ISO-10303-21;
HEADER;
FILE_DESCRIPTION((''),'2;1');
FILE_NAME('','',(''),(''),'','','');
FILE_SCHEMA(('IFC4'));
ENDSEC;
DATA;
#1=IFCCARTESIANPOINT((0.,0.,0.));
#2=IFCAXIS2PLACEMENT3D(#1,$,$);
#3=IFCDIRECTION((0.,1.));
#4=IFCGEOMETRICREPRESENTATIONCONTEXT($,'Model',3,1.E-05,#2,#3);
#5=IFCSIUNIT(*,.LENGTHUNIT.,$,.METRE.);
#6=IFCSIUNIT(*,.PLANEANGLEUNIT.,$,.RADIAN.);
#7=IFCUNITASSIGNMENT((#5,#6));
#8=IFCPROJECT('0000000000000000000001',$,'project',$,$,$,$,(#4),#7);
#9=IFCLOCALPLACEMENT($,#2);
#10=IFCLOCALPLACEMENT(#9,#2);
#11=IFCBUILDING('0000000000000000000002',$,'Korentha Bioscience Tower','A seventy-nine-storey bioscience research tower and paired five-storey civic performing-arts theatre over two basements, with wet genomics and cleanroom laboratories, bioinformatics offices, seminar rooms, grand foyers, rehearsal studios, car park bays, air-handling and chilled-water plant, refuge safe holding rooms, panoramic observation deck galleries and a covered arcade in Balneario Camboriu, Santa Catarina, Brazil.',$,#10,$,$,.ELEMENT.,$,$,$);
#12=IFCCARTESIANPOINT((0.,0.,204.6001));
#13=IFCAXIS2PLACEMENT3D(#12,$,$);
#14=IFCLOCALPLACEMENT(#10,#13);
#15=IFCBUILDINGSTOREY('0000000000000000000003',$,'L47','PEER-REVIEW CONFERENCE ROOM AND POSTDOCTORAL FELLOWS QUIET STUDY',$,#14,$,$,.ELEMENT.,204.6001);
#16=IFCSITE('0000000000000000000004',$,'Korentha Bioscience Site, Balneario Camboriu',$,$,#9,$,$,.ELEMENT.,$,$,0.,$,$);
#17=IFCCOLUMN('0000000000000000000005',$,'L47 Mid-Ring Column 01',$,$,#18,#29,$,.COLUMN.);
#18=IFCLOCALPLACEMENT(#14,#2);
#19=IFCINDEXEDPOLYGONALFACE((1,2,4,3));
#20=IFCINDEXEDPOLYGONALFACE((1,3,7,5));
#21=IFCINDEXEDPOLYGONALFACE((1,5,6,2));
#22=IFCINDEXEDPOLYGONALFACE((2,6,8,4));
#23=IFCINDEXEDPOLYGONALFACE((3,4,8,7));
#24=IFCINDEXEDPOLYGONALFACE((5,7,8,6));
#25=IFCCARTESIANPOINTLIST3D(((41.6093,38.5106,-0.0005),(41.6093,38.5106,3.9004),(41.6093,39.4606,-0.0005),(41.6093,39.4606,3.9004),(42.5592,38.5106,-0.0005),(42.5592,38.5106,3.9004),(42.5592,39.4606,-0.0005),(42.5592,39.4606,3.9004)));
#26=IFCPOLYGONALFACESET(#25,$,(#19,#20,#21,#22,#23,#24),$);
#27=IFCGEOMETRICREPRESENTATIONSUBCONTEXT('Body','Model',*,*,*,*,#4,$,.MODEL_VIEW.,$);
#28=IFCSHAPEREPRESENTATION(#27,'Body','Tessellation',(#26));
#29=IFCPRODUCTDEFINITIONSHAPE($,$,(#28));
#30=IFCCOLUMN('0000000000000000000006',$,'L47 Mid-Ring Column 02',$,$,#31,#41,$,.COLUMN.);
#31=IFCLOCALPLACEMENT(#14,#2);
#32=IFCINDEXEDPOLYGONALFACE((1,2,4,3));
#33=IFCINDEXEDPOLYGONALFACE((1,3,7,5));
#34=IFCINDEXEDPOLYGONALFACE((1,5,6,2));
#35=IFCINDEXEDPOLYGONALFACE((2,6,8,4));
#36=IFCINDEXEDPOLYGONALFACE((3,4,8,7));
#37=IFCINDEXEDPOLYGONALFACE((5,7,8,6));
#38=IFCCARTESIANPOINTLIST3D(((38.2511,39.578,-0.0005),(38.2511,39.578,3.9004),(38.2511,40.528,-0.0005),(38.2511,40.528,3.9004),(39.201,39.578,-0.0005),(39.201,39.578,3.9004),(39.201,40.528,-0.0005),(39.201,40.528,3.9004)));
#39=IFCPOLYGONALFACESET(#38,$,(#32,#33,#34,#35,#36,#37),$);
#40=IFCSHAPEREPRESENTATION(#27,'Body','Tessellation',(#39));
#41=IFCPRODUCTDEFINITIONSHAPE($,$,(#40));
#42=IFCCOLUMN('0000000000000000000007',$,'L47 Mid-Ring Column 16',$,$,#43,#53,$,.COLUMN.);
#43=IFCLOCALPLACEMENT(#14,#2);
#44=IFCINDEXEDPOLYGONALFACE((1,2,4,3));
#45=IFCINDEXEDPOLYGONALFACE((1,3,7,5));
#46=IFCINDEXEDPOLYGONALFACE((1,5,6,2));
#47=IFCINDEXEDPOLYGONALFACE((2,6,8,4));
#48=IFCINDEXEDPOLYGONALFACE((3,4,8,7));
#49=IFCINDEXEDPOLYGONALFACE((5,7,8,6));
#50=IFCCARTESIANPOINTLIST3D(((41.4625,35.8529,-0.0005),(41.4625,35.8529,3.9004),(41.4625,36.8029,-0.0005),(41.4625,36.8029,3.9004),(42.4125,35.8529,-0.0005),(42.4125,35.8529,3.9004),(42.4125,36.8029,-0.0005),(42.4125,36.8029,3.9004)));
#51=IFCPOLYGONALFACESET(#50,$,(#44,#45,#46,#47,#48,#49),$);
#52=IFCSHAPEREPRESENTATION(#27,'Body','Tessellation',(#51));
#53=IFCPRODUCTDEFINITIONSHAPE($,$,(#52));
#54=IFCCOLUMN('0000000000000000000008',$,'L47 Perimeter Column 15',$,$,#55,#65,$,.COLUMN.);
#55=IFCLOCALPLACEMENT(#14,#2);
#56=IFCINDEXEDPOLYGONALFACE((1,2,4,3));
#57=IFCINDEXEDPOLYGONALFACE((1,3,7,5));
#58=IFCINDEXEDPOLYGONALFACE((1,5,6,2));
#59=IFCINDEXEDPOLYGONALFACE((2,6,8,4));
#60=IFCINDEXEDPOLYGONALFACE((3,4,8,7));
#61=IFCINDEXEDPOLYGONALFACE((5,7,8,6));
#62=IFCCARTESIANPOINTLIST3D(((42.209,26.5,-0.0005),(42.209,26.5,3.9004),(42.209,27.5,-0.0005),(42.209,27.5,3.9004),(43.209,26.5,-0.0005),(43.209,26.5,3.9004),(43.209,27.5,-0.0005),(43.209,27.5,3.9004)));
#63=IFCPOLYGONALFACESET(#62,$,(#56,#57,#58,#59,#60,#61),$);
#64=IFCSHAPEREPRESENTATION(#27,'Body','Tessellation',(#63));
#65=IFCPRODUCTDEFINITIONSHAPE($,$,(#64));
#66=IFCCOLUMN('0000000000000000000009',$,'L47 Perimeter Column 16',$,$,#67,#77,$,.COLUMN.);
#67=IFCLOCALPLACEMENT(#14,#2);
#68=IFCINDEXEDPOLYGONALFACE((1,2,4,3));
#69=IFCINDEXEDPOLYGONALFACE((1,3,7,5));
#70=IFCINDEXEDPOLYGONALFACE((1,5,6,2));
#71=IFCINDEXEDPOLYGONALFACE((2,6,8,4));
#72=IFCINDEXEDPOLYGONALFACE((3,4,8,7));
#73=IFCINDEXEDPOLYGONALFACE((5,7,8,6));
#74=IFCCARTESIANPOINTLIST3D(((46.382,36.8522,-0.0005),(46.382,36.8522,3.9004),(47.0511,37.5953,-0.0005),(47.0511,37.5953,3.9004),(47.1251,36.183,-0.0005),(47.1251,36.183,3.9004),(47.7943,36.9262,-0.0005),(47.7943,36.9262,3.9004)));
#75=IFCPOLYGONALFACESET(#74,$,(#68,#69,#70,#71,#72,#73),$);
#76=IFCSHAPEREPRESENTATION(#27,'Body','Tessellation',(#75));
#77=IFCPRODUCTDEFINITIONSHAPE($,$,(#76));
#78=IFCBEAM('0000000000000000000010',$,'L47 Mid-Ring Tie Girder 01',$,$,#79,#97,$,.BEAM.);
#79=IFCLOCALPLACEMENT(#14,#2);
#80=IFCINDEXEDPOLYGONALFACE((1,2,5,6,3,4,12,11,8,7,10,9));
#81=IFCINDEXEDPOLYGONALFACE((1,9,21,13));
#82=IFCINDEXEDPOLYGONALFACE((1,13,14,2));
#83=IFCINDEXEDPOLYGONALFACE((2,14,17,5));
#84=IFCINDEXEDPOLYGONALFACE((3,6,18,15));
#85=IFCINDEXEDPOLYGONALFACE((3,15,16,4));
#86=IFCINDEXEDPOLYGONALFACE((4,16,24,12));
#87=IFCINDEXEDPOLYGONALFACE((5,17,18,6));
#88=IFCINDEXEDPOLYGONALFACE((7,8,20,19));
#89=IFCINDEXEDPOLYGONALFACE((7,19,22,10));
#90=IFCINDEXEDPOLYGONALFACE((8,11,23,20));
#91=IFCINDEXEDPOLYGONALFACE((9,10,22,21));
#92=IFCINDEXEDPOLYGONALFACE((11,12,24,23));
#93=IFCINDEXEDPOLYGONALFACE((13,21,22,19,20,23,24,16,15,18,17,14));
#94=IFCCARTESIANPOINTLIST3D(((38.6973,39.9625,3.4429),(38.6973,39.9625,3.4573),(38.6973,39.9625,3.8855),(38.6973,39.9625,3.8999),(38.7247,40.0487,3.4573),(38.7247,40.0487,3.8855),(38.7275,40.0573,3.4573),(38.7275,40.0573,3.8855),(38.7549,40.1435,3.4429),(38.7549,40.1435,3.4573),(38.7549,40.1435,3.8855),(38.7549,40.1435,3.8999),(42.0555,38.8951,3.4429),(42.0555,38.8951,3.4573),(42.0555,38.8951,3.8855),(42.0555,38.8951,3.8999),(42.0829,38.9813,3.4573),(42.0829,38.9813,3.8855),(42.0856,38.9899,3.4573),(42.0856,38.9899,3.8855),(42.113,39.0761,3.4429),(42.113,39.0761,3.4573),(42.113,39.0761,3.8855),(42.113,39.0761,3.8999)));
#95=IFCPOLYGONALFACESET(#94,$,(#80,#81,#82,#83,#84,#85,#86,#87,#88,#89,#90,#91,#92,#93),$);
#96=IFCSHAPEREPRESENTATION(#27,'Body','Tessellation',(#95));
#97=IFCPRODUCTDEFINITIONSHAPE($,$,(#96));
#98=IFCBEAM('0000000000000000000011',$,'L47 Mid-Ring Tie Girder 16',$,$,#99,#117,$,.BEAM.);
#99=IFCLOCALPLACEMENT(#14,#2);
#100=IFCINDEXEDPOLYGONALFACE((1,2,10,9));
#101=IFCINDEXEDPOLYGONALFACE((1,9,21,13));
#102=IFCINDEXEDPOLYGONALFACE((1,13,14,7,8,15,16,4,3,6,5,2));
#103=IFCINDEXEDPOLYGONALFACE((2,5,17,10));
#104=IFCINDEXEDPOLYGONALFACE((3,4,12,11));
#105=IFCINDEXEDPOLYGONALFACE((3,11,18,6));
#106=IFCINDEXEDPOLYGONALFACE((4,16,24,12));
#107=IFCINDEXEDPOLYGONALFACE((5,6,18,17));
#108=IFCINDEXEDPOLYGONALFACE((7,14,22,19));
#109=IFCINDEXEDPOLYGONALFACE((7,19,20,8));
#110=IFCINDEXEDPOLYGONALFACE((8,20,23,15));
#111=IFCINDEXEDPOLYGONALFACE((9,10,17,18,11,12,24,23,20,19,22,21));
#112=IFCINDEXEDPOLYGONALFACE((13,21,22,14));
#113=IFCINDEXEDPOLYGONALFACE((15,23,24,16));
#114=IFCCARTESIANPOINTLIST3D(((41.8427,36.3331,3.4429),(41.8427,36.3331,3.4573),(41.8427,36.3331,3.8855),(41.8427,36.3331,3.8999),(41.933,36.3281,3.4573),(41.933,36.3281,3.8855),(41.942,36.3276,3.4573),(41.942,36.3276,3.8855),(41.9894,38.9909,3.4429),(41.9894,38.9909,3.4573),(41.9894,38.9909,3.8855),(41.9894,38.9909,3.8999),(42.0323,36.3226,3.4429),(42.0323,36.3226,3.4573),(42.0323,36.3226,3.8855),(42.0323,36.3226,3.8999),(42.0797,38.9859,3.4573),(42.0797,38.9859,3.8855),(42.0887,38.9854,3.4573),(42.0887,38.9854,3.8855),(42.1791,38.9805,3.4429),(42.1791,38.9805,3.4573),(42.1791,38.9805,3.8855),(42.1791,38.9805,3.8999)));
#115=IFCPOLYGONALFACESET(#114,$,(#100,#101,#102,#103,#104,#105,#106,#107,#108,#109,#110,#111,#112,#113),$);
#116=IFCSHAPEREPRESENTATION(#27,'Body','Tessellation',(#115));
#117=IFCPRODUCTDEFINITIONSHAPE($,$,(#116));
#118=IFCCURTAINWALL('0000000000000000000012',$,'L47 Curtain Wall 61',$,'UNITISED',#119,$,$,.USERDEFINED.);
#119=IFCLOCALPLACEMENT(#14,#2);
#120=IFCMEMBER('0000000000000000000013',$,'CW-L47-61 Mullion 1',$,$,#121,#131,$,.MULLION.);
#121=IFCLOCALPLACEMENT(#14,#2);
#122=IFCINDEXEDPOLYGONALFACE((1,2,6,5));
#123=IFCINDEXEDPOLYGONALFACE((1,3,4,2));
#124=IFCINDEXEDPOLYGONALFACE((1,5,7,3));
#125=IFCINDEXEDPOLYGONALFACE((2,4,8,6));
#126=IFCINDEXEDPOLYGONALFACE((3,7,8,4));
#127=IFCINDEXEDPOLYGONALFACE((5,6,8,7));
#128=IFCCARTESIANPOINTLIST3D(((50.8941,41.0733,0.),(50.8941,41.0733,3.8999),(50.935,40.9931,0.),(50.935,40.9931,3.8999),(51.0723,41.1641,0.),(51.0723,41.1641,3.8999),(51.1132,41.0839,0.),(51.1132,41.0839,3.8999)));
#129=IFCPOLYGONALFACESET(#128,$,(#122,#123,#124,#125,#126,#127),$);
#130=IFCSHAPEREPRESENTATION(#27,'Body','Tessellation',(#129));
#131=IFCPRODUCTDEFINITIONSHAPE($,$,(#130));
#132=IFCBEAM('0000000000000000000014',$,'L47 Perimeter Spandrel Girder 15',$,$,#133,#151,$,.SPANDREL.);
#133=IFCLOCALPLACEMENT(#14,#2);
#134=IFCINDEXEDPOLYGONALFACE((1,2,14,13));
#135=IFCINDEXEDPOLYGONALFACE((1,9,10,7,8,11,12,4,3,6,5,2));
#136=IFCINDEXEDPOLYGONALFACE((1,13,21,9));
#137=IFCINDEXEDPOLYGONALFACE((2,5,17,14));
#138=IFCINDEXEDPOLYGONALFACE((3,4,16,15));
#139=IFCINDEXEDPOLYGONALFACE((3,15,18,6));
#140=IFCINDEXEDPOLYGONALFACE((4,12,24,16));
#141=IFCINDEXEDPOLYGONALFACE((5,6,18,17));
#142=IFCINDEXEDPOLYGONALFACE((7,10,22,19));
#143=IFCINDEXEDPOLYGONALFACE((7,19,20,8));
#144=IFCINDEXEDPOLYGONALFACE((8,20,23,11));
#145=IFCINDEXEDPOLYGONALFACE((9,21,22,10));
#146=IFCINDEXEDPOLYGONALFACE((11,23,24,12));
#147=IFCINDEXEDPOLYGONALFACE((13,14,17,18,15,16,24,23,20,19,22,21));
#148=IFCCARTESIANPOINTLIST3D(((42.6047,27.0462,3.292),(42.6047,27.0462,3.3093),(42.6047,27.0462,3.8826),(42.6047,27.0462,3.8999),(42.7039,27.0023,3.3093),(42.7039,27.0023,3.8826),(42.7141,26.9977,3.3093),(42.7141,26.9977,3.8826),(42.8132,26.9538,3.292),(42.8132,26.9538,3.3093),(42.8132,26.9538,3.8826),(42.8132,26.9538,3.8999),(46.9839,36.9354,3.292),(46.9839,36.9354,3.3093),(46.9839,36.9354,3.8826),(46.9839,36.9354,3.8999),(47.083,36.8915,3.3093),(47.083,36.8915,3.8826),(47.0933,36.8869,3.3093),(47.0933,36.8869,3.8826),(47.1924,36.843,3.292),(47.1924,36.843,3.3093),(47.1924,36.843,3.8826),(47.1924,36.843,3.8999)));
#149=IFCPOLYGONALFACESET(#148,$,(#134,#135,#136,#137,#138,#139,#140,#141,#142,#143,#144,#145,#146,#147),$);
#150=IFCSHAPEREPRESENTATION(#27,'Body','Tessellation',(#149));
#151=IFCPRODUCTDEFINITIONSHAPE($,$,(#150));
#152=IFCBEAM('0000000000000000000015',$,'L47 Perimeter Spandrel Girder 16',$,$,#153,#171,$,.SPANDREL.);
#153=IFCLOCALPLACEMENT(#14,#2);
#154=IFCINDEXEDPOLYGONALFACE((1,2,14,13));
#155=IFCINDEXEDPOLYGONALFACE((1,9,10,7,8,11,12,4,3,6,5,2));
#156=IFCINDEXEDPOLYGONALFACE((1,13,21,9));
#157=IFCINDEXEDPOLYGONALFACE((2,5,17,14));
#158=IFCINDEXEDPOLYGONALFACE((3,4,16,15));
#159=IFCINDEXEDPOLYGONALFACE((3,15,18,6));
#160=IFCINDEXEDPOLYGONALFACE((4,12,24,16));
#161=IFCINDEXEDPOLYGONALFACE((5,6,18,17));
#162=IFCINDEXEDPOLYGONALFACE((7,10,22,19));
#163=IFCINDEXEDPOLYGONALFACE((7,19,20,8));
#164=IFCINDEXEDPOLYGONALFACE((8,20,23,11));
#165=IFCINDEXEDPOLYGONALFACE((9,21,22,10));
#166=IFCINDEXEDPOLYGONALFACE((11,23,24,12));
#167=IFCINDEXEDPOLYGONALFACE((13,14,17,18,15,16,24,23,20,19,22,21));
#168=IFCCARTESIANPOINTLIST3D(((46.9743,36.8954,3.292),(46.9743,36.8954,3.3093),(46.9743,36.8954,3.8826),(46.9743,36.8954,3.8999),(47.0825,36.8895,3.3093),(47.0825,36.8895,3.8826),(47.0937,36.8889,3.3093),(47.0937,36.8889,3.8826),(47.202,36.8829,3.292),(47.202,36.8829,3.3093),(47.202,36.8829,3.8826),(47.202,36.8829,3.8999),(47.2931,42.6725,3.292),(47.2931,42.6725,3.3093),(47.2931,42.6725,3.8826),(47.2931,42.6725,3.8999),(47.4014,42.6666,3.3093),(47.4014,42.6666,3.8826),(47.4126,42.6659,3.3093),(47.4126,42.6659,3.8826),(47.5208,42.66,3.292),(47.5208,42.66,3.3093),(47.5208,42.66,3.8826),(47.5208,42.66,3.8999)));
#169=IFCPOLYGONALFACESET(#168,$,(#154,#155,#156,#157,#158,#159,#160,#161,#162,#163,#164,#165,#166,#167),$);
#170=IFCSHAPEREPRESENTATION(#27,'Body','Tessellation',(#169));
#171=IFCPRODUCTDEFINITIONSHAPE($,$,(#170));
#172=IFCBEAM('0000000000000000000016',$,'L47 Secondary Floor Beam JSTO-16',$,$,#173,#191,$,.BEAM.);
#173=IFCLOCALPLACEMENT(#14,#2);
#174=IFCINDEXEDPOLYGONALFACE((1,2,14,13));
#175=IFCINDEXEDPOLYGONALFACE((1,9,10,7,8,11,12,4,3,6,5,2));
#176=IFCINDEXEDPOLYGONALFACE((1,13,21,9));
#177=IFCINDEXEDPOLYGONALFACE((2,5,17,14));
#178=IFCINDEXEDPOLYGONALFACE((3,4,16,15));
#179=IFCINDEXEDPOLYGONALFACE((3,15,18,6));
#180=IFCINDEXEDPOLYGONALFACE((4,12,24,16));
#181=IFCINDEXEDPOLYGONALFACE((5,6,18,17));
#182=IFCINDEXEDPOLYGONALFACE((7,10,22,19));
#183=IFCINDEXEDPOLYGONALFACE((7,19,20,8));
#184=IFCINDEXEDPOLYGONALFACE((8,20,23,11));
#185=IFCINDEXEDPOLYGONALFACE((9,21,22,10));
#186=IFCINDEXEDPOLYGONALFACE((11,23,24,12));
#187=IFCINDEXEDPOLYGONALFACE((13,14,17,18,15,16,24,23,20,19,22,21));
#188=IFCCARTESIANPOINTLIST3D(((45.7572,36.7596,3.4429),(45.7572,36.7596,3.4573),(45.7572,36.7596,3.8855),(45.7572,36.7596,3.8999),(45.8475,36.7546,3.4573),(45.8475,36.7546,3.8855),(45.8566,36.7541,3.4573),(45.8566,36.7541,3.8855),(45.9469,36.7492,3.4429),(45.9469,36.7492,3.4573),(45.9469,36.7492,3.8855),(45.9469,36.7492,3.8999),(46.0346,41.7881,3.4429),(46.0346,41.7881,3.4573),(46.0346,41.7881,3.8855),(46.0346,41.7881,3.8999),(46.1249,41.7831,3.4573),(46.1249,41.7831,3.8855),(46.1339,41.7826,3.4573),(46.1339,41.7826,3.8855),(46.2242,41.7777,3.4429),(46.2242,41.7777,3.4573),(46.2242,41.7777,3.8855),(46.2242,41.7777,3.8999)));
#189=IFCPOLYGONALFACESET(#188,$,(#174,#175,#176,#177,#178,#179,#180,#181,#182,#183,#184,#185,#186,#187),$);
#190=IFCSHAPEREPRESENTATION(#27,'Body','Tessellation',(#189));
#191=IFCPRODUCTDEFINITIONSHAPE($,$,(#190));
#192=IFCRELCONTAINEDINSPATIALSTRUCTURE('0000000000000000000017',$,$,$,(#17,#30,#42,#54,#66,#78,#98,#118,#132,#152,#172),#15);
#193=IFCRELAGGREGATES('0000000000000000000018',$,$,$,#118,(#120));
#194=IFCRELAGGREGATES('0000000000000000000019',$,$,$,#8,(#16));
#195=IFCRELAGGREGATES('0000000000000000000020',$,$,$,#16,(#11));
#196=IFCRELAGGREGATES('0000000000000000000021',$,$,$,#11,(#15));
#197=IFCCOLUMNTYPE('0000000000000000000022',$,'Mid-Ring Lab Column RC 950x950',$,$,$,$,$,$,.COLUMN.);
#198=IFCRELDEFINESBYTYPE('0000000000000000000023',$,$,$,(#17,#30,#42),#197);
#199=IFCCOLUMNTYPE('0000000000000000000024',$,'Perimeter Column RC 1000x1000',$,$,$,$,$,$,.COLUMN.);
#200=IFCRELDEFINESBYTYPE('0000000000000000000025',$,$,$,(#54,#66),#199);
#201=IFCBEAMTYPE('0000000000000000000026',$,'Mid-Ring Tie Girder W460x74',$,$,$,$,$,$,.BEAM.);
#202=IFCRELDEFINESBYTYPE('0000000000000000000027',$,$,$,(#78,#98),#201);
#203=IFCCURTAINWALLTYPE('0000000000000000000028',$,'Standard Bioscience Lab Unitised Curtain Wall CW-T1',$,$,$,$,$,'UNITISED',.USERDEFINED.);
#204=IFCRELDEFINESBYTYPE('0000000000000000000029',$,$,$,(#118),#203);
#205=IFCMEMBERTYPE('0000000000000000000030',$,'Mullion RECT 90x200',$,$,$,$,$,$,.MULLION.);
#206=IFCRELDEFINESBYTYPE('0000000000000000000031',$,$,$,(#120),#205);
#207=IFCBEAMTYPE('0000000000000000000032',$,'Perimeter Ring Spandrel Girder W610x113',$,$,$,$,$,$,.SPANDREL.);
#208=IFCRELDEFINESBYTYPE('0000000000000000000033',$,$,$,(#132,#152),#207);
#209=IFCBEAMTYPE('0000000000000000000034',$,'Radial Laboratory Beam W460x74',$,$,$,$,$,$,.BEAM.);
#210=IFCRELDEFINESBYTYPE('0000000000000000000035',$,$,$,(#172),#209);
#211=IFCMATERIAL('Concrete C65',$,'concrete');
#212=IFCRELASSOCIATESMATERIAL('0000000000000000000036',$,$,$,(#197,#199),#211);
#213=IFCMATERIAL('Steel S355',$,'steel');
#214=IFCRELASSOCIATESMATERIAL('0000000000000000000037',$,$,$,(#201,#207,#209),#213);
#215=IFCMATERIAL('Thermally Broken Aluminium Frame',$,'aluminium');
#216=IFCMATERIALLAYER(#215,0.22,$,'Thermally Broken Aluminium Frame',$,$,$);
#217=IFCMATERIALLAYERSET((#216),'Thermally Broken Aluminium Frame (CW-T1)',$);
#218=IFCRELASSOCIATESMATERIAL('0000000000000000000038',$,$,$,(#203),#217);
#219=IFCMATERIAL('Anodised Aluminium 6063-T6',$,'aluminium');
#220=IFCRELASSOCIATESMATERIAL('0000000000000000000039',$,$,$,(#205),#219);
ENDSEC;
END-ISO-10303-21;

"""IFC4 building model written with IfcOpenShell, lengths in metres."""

from ifc_helpers import new_model, si_unit, direction, frame, origin, origin_2d, place, context, subcontext, project, spatial, rectangle, i_section, extrude, material, layer, layer_set, material_profile, profile_set, type_object, element, aggregate, save


model = new_model("IFC4")

# Units and contexts
model_context = context("Model", 3, precision=1e-05, world=origin(), true_north=direction((0.0, 1.0)))
body_context = subcontext(model_context, "Body", "Model", "MODEL_VIEW")
ifc_project = project(units=[si_unit("LENGTHUNIT", "METRE"), si_unit("PLANEANGLEUNIT", "RADIAN")], contexts=[model_context])

# Site, building, storey
site_placement = place(None, origin())
site = spatial("IfcSite", under=ifc_project, at=site_placement, Name="Korentha Bioscience Site, Balneario Camboriu", CompositionType="ELEMENT", RefElevation=0.0)
building_placement = place(site_placement, origin())
building = spatial("IfcBuilding", under=site, at=building_placement, Name="Korentha Bioscience Tower", Description="A seventy-nine-storey bioscience research tower and paired five-storey civic performing-arts theatre over two basements, with wet genomics and cleanroom laboratories, bioinformatics offices, seminar rooms, grand foyers, rehearsal studios, car park bays, air-handling and chilled-water plant, refuge safe holding rooms, panoramic observation deck galleries and a covered arcade in Balneario Camboriu, Santa Catarina, Brazil.", CompositionType="ELEMENT")
storey_placement = place(building_placement, frame((0.0, 0.0, 204.6001)))
storey = spatial("IfcBuildingStorey", under=building, at=storey_placement, Name="L47", Description="PEER-REVIEW CONFERENCE ROOM AND POSTDOCTORAL FELLOWS QUIET STUDY", CompositionType="ELEMENT", Elevation=204.6001)

# Columns
ifc_material_1 = material(Name="Concrete C65", Category="concrete")
ifc_material_profile_1 = material_profile(ifc_material_1, rectangle(XDim=0.95, YDim=0.95, at=origin_2d()), Name="Concrete C65")
ifc_profile_set_1 = profile_set([ifc_material_profile_1], Name="Concrete C65 (COL-MR09)")
column_type_1 = type_object("IfcColumnType", Name="Mid-Ring Lab Column RC 950x950", PredefinedType="COLUMN", material=ifc_profile_set_1)
for number, where, z_axis, x_axis, name in (
    (1, (42.0842, 38.9856, -0.0005), (0.0, 0.0, 1.0), (1.0, 0.0, 0.0), "L47 Mid-Ring Column 01"),
    (2, (38.7261, 40.053, -0.0005), (0.0, 0.0, 1.0), (1.0, 0.0, 0.0), "L47 Mid-Ring Column 02"),
    (3, (41.9375, 36.3279, -0.0005), (0.0, 0.0, 1.0), (1.0, 0.0, 0.0), "L47 Mid-Ring Column 16"),
):
    element("IfcColumn", number, at=place(storey_placement, frame(where, z_axis=z_axis, x_axis=x_axis)), inside=storey, type_object=column_type_1, Name=name, PredefinedType="COLUMN", context=body_context, shape_type="SweptSolid", body=[
        extrude(rectangle(XDim=0.95, YDim=0.95, at=origin_2d()), origin(), (0.0, 0.0, 1.0), 3.9009),
    ])
ifc_material_profile_2 = material_profile(ifc_material_1, rectangle(XDim=1.0, YDim=1.0, at=origin_2d()), Name="Concrete C65")
ifc_profile_set_2 = profile_set([ifc_material_profile_2], Name="Concrete C65 (COL-P10)")
column_type_2 = type_object("IfcColumnType", Name="Perimeter Column RC 1000x1000", PredefinedType="COLUMN", material=ifc_profile_set_2)
for number, where, z_axis, x_axis, name in (
    (4, (42.709, 27.0, -0.0005), (0.0, 0.0, 1.0), (0.0, 1.0, 0.0), "L47 Perimeter Column 15"),
    (5, (47.0881, 36.8892, -0.0005), (0.0, 0.0, 1.0), (0.669131, 0.743145, 0.0), "L47 Perimeter Column 16"),
):
    element("IfcColumn", number, at=place(storey_placement, frame(where, z_axis=z_axis, x_axis=x_axis)), inside=storey, type_object=column_type_2, Name=name, PredefinedType="COLUMN", context=body_context, shape_type="SweptSolid", body=[
        extrude(rectangle(XDim=1.0, YDim=1.0, at=origin_2d()), origin(), (0.0, 0.0, 1.0), 3.9009),
    ])

# Beams
ifc_material_2 = material(Name="Steel S355", Category="steel")
ifc_material_profile_3 = material_profile(ifc_material_2, i_section(OverallWidth=0.1899, OverallDepth=0.457, WebThickness=0.009, FlangeThickness=0.0144, at=origin_2d()), Name="Steel S355")
ifc_profile_set_3 = profile_set([ifc_material_profile_3], Name="Steel S355 (MB-460)")
beam_type_1 = type_object("IfcBeamType", Name="Mid-Ring Tie Girder W460x74", PredefinedType="BEAM", material=ifc_profile_set_3)
beam_1_placement = place(storey_placement, frame((42.0842, 38.9856, 3.6714), z_axis=(-0.953018, 0.302915, 0.0), x_axis=(-0.302915, -0.953018, 0.0)))
element("IfcBeam", 6, at=beam_1_placement, inside=storey, type_object=beam_type_1, Name="L47 Mid-Ring Tie Girder 01", PredefinedType="BEAM", context=body_context, shape_type="SweptSolid", body=[
    extrude(i_section(OverallWidth=0.1899, OverallDepth=0.457, WebThickness=0.009, FlangeThickness=0.0144, at=origin_2d()), origin(), (0.0, 0.0, 1.0), 3.5237),
])
beam_2_placement = place(storey_placement, frame((41.9375, 36.3279, 3.6714), z_axis=(0.055125, 0.998479, 0.0), x_axis=(-0.998479, 0.055125, 0.0)))
element("IfcBeam", 7, at=beam_2_placement, inside=storey, type_object=beam_type_1, Name="L47 Mid-Ring Tie Girder 16", PredefinedType="BEAM", context=body_context, shape_type="SweptSolid", body=[
    extrude(i_section(OverallWidth=0.1899, OverallDepth=0.457, WebThickness=0.009, FlangeThickness=0.0144, at=origin_2d()), origin(), (0.0, 0.0, 1.0), 2.6619),
])

# Curtain wall, member
ifc_material_3 = material(Name="Thermally Broken Aluminium Frame", Category="aluminium")
ifc_layer_1 = layer(ifc_material_3, 0.22, Name="Thermally Broken Aluminium Frame")
ifc_layer_set_1 = layer_set([ifc_layer_1], Name="Thermally Broken Aluminium Frame (CW-T1)")
curtain_wall_type = type_object("IfcCurtainWallType", Name="Standard Bioscience Lab Unitised Curtain Wall CW-T1", ElementType="UNITISED", PredefinedType="USERDEFINED", material=ifc_layer_set_1)
curtain_wall_placement = place(storey_placement, origin())
curtain_wall = element("IfcCurtainWall", 8, at=curtain_wall_placement, inside=storey, type_object=curtain_wall_type, Name="L47 Curtain Wall 61", ObjectType="UNITISED", PredefinedType="USERDEFINED")
ifc_material_4 = material(Name="Anodised Aluminium 6063-T6", Category="aluminium")
ifc_material_profile_4 = material_profile(ifc_material_4, rectangle(XDim=0.0901, YDim=0.2, at=origin_2d()), Name="Anodised Aluminium 6063-T6")
ifc_profile_set_4 = profile_set([ifc_material_profile_4], Name="Anodised Aluminium 6063-T6 (CW-MUL)")
member_type = type_object("IfcMemberType", Name="Mullion RECT 90x200", PredefinedType="MULLION", material=ifc_profile_set_4)
member_placement = place(storey_placement, frame((51.0037, 41.0786, 0.0), z_axis=(0.0, 0.0, 1.0), x_axis=(-0.454116, 0.890943, 0.0)))
member = element("IfcMember", 9, at=member_placement, type_object=member_type, Name="CW-L47-61 Mullion 1", PredefinedType="MULLION", context=body_context, shape_type="SweptSolid", body=[
    extrude(rectangle(XDim=0.0901, YDim=0.2, at=origin_2d()), origin(), (0.0, 0.0, 1.0), 3.8999),
])
aggregate(curtain_wall, [member])

# Beams
ifc_material_profile_5 = material_profile(ifc_material_2, i_section(OverallWidth=0.228, OverallDepth=0.6079, WebThickness=0.0112, FlangeThickness=0.0173, at=origin_2d()), Name="Steel S355")
ifc_profile_set_5 = profile_set([ifc_material_profile_5], Name="Steel S355 (SB-610)")
beam_type_2 = type_object("IfcBeamType", Name="Perimeter Ring Spandrel Girder W610x113", PredefinedType="SPANDREL", material=ifc_profile_set_5)
beam_3_placement = place(storey_placement, frame((42.709, 27.0, 3.5959), z_axis=(0.4049, 0.914361, 0.0), x_axis=(-0.914361, 0.4049, 0.0)))
element("IfcBeam", 10, at=beam_3_placement, inside=storey, type_object=beam_type_2, Name="L47 Perimeter Spandrel Girder 15", PredefinedType="SPANDREL", context=body_context, shape_type="SweptSolid", body=[
    extrude(i_section(OverallWidth=0.228, OverallDepth=0.6079, WebThickness=0.0112, FlangeThickness=0.0173, at=origin_2d()), origin(), (0.0, 0.0, 1.0), 10.8154),
])
beam_4_placement = place(storey_placement, frame((47.0881, 36.8892, 3.5959), z_axis=(0.055108, 0.99848, 0.0), x_axis=(-0.99848, 0.055108, 0.0)))
element("IfcBeam", 11, at=beam_4_placement, inside=storey, type_object=beam_type_2, Name="L47 Perimeter Spandrel Girder 16", PredefinedType="SPANDREL", context=body_context, shape_type="SweptSolid", body=[
    extrude(i_section(OverallWidth=0.228, OverallDepth=0.6079, WebThickness=0.0112, FlangeThickness=0.0173, at=origin_2d()), origin(), (0.0, 0.0, 1.0), 5.7859),
])
ifc_material_profile_6 = material_profile(ifc_material_2, i_section(OverallWidth=0.1899, OverallDepth=0.457, WebThickness=0.009, FlangeThickness=0.0144, at=origin_2d()), Name="Steel S355")
ifc_profile_set_6 = profile_set([ifc_material_profile_6], Name="Steel S355 (RB-460)")
beam_type_3 = type_object("IfcBeamType", Name="Radial Laboratory Beam W460x74", PredefinedType="BEAM", material=ifc_profile_set_6)
beam_5_placement = place(storey_placement, frame((45.8521, 36.7544, 3.6714), z_axis=(0.05507, 0.998482, 0.0), x_axis=(-0.998482, 0.05507, 0.0)))
element("IfcBeam", 12, at=beam_5_placement, inside=storey, type_object=beam_type_3, Name="L47 Secondary Floor Beam JSTO-16", PredefinedType="BEAM", context=body_context, shape_type="SweptSolid", body=[
    extrude(i_section(OverallWidth=0.1899, OverallDepth=0.457, WebThickness=0.009, FlangeThickness=0.0144, at=origin_2d()), origin(), (0.0, 0.0, 1.0), 5.0361),
])

save(model, "model.ifc")
